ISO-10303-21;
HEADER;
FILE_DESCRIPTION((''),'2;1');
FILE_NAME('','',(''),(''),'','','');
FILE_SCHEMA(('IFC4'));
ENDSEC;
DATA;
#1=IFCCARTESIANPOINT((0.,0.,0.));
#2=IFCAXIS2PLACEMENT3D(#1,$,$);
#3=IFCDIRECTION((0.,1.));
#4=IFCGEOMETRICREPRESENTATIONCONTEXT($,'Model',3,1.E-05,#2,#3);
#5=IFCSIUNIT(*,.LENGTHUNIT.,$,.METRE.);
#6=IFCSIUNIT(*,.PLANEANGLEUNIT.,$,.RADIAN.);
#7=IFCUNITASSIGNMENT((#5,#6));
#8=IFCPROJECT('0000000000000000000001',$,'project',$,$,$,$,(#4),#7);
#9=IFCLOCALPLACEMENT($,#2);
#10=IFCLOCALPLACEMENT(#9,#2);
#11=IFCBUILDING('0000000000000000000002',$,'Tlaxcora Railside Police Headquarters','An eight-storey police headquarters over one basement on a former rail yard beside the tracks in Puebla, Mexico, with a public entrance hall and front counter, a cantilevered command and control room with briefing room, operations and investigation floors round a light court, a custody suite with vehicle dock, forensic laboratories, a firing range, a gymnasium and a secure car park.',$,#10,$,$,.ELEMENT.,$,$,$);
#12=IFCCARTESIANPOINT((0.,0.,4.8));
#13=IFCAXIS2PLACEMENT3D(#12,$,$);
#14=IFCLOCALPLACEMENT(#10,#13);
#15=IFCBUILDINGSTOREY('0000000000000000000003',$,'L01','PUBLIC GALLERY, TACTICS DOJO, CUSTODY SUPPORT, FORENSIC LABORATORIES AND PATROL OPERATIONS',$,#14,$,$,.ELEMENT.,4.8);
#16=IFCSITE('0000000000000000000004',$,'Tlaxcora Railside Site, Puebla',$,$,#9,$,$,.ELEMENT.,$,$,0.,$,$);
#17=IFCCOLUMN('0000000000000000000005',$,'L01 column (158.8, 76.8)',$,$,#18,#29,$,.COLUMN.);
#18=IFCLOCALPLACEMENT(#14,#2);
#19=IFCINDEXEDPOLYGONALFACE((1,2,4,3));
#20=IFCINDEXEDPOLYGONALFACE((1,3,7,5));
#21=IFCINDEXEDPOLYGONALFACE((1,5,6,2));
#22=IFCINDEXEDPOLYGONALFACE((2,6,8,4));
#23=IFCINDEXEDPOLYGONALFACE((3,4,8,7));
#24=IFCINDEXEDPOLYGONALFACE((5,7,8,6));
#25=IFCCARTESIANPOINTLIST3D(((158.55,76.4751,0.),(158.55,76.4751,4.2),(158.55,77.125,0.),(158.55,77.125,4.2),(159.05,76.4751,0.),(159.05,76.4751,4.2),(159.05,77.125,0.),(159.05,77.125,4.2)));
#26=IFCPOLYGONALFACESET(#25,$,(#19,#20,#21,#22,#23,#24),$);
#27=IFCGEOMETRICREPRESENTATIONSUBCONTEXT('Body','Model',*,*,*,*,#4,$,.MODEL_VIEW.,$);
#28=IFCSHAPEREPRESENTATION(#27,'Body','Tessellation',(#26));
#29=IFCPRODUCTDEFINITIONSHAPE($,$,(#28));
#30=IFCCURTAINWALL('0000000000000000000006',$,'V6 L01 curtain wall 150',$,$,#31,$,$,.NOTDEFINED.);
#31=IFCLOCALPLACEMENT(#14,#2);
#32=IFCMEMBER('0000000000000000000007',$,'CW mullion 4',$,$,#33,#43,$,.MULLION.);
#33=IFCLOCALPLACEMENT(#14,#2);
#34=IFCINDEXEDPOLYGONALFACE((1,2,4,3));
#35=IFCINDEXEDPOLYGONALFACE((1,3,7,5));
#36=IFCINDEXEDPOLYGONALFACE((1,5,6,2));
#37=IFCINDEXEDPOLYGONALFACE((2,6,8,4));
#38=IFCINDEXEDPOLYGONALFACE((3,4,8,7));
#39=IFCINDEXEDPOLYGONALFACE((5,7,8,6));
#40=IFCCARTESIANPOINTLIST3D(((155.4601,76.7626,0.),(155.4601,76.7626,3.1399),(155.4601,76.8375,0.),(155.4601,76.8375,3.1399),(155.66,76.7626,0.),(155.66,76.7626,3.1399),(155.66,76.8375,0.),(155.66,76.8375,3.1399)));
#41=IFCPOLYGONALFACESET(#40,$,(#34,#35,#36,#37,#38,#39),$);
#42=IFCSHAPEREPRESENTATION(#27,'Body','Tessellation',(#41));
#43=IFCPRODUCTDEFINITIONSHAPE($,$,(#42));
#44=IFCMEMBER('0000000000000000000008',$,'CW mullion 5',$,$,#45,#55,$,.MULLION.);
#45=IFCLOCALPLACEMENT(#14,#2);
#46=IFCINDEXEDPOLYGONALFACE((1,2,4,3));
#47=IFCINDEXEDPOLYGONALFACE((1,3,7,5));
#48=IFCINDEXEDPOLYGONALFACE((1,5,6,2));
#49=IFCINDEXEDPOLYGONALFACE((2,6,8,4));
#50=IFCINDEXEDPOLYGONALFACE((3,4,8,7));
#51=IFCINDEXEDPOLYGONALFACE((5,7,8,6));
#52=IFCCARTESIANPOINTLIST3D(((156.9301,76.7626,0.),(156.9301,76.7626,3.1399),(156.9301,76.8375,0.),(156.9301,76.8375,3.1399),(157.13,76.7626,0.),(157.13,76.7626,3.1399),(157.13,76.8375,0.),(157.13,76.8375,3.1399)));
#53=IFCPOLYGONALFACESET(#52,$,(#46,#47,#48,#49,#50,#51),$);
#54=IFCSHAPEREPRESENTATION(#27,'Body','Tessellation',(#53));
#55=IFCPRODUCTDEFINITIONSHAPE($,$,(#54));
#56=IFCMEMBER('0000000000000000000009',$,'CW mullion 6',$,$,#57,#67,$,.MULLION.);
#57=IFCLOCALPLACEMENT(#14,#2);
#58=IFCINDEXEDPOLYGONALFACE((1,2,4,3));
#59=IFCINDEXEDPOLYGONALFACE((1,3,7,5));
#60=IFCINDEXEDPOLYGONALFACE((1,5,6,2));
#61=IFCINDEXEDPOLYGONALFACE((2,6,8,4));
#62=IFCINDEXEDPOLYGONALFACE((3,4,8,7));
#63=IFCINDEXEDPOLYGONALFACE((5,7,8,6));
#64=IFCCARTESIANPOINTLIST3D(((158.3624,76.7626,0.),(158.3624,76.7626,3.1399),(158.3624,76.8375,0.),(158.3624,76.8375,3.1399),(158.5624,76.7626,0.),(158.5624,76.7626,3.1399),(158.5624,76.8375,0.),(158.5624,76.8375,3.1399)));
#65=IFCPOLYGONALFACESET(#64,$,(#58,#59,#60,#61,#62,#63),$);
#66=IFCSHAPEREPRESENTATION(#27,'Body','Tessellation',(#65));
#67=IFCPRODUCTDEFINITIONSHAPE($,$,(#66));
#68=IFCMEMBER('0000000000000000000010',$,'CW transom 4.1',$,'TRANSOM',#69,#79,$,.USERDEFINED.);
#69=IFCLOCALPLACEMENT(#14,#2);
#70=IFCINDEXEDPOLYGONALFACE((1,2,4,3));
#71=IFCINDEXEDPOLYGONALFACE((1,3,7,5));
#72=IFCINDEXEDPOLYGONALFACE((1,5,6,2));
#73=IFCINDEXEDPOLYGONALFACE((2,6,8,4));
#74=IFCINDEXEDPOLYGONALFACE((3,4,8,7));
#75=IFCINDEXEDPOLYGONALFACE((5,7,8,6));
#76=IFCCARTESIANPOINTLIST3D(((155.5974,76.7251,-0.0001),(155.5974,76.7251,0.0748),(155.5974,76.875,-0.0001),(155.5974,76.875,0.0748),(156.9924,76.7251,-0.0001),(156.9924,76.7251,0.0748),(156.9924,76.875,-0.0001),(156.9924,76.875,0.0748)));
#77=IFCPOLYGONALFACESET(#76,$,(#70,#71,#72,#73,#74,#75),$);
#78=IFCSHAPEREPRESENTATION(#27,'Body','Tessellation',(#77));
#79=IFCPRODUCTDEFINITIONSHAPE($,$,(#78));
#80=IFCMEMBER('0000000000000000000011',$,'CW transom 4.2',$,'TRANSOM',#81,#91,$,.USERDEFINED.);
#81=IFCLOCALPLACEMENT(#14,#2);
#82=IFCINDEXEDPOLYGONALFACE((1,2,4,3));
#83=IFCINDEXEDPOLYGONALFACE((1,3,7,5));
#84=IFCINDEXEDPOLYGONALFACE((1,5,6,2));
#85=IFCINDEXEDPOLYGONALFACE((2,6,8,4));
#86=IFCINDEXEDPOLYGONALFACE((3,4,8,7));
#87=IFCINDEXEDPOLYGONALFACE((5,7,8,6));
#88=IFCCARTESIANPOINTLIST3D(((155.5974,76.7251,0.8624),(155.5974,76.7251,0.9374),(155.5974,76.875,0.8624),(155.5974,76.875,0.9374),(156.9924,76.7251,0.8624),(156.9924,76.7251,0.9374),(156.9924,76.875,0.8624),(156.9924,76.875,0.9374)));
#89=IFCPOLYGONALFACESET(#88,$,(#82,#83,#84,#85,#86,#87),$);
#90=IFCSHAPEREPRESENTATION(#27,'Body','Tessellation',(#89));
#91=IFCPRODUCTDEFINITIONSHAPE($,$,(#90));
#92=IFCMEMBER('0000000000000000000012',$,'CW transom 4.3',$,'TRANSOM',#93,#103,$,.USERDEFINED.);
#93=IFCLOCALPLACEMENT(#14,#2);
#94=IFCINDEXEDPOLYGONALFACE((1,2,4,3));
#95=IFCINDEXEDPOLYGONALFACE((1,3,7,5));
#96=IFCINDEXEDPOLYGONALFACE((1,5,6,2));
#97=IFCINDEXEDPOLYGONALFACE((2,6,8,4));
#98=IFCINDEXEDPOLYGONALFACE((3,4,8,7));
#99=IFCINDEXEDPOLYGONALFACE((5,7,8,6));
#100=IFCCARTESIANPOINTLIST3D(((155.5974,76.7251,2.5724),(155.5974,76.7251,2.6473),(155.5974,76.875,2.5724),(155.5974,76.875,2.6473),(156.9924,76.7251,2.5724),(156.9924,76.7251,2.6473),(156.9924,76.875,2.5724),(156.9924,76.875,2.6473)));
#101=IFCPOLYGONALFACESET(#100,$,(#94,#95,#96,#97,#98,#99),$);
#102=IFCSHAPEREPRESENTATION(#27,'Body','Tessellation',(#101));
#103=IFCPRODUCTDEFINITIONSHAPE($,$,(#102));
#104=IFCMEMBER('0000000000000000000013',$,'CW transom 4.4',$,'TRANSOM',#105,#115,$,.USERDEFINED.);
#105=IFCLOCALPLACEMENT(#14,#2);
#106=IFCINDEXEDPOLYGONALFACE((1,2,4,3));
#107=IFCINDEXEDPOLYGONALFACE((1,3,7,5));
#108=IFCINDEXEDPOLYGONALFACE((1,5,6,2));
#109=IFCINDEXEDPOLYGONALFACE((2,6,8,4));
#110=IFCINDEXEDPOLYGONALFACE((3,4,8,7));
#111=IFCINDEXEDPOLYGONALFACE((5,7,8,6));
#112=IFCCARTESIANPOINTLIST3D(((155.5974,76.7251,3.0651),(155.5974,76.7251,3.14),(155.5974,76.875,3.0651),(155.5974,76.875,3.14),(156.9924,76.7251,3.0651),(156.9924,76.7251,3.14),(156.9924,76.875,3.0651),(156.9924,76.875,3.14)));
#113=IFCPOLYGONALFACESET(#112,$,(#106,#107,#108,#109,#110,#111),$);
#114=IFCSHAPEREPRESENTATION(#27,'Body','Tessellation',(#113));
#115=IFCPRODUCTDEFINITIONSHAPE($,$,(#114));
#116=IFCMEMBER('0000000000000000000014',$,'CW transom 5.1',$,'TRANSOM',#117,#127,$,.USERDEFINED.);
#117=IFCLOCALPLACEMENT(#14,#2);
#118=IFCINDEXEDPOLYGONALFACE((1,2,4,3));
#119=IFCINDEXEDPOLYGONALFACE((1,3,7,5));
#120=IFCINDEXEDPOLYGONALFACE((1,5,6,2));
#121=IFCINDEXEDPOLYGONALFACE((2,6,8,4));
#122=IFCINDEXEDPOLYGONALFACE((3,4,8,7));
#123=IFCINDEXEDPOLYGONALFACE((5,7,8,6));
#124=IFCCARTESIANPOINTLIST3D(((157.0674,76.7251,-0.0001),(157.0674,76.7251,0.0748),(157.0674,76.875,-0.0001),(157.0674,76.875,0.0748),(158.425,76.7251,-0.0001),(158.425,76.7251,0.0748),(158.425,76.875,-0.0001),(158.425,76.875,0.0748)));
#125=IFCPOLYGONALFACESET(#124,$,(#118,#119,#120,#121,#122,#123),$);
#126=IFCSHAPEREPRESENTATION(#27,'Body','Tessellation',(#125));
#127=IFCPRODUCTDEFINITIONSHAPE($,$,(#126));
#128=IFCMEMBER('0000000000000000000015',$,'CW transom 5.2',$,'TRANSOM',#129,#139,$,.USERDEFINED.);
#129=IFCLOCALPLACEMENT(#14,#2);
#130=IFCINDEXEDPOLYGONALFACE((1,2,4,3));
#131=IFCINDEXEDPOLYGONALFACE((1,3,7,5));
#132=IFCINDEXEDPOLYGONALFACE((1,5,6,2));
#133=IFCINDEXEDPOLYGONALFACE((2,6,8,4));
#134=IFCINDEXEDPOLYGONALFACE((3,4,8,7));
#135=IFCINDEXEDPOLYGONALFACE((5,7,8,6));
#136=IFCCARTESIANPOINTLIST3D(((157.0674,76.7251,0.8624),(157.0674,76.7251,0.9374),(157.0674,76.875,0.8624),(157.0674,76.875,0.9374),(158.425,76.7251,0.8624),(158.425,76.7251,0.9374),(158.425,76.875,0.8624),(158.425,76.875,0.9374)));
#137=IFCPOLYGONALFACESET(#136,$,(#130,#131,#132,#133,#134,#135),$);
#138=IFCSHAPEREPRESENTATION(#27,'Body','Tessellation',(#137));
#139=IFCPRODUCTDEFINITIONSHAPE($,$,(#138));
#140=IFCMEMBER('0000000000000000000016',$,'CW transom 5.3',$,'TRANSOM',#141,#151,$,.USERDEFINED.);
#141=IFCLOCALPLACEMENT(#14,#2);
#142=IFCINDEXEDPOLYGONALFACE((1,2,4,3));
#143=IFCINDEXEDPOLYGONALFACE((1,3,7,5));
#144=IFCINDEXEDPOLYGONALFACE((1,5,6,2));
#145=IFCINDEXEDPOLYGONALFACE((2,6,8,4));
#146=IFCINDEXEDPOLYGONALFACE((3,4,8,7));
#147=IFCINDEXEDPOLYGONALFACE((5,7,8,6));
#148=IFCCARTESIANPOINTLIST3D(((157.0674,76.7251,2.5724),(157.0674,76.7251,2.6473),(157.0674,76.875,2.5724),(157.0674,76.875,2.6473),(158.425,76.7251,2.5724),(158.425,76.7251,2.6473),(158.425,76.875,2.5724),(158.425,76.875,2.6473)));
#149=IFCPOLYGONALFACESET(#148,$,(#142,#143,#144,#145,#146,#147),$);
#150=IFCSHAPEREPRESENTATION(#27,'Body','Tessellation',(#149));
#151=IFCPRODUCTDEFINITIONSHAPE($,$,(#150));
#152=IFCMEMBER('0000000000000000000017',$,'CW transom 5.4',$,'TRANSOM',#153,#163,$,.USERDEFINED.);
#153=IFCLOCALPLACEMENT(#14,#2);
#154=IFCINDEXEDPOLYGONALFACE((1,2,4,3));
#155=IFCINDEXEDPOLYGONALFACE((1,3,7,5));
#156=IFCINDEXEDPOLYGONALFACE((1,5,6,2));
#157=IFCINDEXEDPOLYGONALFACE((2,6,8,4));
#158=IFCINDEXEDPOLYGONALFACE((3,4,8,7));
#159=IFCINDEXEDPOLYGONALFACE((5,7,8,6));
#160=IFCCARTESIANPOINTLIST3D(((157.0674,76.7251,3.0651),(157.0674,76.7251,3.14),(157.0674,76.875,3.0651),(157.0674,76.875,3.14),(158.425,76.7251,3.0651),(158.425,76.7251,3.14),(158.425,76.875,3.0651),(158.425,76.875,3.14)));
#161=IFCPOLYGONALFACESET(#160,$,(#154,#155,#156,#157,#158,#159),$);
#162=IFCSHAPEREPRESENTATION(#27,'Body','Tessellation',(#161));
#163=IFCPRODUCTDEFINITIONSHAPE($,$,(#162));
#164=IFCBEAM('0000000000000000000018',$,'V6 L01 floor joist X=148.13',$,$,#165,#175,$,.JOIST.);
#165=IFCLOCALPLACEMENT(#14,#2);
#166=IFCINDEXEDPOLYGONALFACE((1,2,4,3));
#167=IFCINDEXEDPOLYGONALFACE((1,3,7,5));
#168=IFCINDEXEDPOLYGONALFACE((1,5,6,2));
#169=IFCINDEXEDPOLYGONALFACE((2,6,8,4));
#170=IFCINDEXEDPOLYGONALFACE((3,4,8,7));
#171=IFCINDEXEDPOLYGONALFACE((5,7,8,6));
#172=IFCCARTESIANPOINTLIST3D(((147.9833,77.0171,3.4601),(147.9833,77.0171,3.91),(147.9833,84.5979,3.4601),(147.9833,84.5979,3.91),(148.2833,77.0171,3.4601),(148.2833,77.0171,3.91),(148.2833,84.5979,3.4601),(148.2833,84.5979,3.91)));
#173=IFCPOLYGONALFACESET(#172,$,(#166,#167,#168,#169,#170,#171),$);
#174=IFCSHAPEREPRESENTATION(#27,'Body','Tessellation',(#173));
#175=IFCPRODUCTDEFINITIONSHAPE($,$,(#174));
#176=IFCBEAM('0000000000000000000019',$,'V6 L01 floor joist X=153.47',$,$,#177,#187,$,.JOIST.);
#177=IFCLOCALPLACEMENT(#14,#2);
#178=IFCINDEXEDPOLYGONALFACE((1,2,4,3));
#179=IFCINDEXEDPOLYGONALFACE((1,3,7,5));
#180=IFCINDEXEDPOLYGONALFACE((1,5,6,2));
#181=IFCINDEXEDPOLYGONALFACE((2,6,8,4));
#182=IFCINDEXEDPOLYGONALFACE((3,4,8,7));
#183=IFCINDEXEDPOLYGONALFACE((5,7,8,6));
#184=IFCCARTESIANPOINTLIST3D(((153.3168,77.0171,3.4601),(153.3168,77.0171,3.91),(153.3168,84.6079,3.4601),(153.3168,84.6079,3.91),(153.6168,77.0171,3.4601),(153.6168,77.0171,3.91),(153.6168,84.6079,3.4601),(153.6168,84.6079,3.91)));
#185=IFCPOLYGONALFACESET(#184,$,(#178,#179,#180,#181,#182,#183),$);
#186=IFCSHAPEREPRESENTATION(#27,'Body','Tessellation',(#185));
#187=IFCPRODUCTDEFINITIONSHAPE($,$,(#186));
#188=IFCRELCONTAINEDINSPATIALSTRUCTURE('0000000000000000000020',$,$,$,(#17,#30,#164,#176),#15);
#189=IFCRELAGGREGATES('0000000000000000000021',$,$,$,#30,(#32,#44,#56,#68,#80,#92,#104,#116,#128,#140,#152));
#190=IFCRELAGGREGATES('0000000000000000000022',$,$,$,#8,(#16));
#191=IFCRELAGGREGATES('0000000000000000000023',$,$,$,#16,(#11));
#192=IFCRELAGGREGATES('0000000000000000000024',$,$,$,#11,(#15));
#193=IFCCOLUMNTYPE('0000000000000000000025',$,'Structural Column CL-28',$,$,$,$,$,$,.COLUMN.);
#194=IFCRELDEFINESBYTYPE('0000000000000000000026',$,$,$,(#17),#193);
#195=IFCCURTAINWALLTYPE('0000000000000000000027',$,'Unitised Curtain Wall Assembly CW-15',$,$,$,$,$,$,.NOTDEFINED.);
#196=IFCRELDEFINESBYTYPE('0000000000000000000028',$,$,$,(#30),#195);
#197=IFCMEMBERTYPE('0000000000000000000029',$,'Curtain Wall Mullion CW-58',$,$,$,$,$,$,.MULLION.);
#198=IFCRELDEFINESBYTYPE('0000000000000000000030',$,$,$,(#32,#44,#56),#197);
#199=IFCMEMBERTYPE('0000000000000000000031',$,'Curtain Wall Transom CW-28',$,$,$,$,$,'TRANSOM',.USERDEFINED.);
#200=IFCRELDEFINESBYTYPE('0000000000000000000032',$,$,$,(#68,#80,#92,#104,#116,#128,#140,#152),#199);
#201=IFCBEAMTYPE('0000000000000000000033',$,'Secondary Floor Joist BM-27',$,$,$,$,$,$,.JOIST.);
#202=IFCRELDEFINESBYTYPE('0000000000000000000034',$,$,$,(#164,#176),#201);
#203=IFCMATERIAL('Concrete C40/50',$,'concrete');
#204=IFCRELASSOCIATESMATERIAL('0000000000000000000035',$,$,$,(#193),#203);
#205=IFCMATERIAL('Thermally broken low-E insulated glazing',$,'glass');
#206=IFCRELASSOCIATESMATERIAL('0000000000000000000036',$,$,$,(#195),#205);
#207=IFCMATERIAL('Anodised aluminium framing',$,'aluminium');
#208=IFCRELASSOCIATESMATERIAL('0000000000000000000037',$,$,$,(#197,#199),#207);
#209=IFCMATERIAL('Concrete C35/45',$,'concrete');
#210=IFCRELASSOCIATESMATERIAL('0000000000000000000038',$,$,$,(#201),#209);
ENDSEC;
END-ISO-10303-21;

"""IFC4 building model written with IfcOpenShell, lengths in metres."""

from ifc_helpers import new_model, si_unit, direction, frame, origin, origin_2d, place, context, subcontext, project, spatial, rectangle, extrude, material, material_profile, profile_set, type_object, element, aggregate, save


model = new_model("IFC4")

# Units and contexts
model_context = context("Model", 3, precision=1e-05, world=origin(), true_north=direction((0.0, 1.0)))
body_context = subcontext(model_context, "Body", "Model", "MODEL_VIEW")
ifc_project = project(units=[si_unit("LENGTHUNIT", "METRE"), si_unit("PLANEANGLEUNIT", "RADIAN")], contexts=[model_context])

# Site, building, storey
site_placement = place(None, origin())
site = spatial("IfcSite", under=ifc_project, at=site_placement, Name="Tlaxcora Railside Site, Puebla", CompositionType="ELEMENT", RefElevation=0.0)
building_placement = place(site_placement, origin())
building = spatial("IfcBuilding", under=site, at=building_placement, Name="Tlaxcora Railside Police Headquarters", Description="An eight-storey police headquarters over one basement on a former rail yard beside the tracks in Puebla, Mexico, with a public entrance hall and front counter, a cantilevered command and control room with briefing room, operations and investigation floors round a light court, a custody suite with vehicle dock, forensic laboratories, a firing range, a gymnasium and a secure car park.", CompositionType="ELEMENT")
storey_placement = place(building_placement, frame((0.0, 0.0, 4.8)))
storey = spatial("IfcBuildingStorey", under=building, at=storey_placement, Name="L01", Description="PUBLIC GALLERY, TACTICS DOJO, CUSTODY SUPPORT, FORENSIC LABORATORIES AND PATROL OPERATIONS", CompositionType="ELEMENT", Elevation=4.8)

# Column
ifc_material_1 = material(Name="Concrete C40/50", Category="concrete")
ifc_material_profile_1 = material_profile(ifc_material_1, rectangle(XDim=0.5, YDim=0.6499, at=origin_2d()), Name="RC500X650")
ifc_profile_set_1 = profile_set([ifc_material_profile_1], Name="Concrete C40/50")
column_type = type_object("IfcColumnType", Name="Structural Column CL-28", PredefinedType="COLUMN", material=ifc_profile_set_1)
column_placement = place(storey_placement, frame((158.8, 76.8, 0.0), z_axis=(0.0, 0.0, 1.0), x_axis=(1.0, 0.0, 0.0)))
element("IfcColumn", 1, at=column_placement, inside=storey, type_object=column_type, Name="L01 column (158.8, 76.8)", PredefinedType="COLUMN", context=body_context, shape_type="SweptSolid", body=[
    extrude(rectangle(XDim=0.5, YDim=0.6499, at=origin_2d()), origin(), (0.0, 0.0, 1.0), 4.2),
])

# Curtain wall, members
ifc_material_2 = material(Name="Thermally broken low-E insulated glazing", Category="glass")
curtain_wall_type = type_object("IfcCurtainWallType", Name="Unitised Curtain Wall Assembly CW-15", PredefinedType="NOTDEFINED", material=ifc_material_2)
curtain_wall_placement = place(storey_placement, origin())
curtain_wall = element("IfcCurtainWall", 2, at=curtain_wall_placement, inside=storey, type_object=curtain_wall_type, Name="V6 L01 curtain wall 150", PredefinedType="NOTDEFINED")
ifc_material_3 = material(Name="Anodised aluminium framing", Category="aluminium")
ifc_material_profile_2 = material_profile(ifc_material_3, rectangle(XDim=0.075, YDim=0.2, at=origin_2d()), Name="AL75X200")
ifc_profile_set_2 = profile_set([ifc_material_profile_2], Name="Anodised aluminium framing")
member_type_1 = type_object("IfcMemberType", Name="Curtain Wall Mullion CW-58", PredefinedType="MULLION", material=ifc_profile_set_2)
member_1_placement = place(storey_placement, frame((155.5601, 76.8, 0.0), z_axis=(0.0, 0.0, 1.0), x_axis=(0.0, 1.0, 0.0)))
member_1 = element("IfcMember", 3, at=member_1_placement, type_object=member_type_1, Name="CW mullion 4", PredefinedType="MULLION", context=body_context, shape_type="SweptSolid", body=[
    extrude(rectangle(XDim=0.075, YDim=0.2, at=origin_2d()), origin(), (0.0, 0.0, 1.0), 3.1399),
])
member_2_placement = place(storey_placement, frame((157.03, 76.8, 0.0), z_axis=(0.0, 0.0, 1.0), x_axis=(0.0, 1.0, 0.0)))
member_2 = element("IfcMember", 4, at=member_2_placement, type_object=member_type_1, Name="CW mullion 5", PredefinedType="MULLION", context=body_context, shape_type="SweptSolid", body=[
    extrude(rectangle(XDim=0.075, YDim=0.2, at=origin_2d()), origin(), (0.0, 0.0, 1.0), 3.1399),
])
member_3_placement = place(storey_placement, frame((158.4624, 76.8, 0.0), z_axis=(0.0, 0.0, 1.0), x_axis=(0.0, 1.0, 0.0)))
member_3 = element("IfcMember", 5, at=member_3_placement, type_object=member_type_1, Name="CW mullion 6", PredefinedType="MULLION", context=body_context, shape_type="SweptSolid", body=[
    extrude(rectangle(XDim=0.075, YDim=0.2, at=origin_2d()), origin(), (0.0, 0.0, 1.0), 3.1399),
])
ifc_material_profile_3 = material_profile(ifc_material_3, rectangle(XDim=0.1499, YDim=0.075, at=origin_2d()), Name="AL75X150")
ifc_profile_set_3 = profile_set([ifc_material_profile_3], Name="Anodised aluminium framing")
member_type_2 = type_object("IfcMemberType", Name="Curtain Wall Transom CW-28", ElementType="TRANSOM", PredefinedType="USERDEFINED", material=ifc_profile_set_3)
member_4_placement = place(storey_placement, frame((155.5974, 76.8, 0.0374), z_axis=(1.0, 0.0, 0.0), x_axis=(0.0, 1.0, 0.0)))
member_4 = element("IfcMember", 6, at=member_4_placement, type_object=member_type_2, Name="CW transom 4.1", ObjectType="TRANSOM", PredefinedType="USERDEFINED", context=body_context, shape_type="SweptSolid", body=[
    extrude(rectangle(XDim=0.1499, YDim=0.075, at=origin_2d()), origin(), (0.0, 0.0, 1.0), 1.395),
])
member_5_placement = place(storey_placement, frame((155.5974, 76.8, 0.8999), z_axis=(1.0, 0.0, 0.0), x_axis=(0.0, 1.0, 0.0)))
member_5 = element("IfcMember", 7, at=member_5_placement, type_object=member_type_2, Name="CW transom 4.2", ObjectType="TRANSOM", PredefinedType="USERDEFINED", context=body_context, shape_type="SweptSolid", body=[
    extrude(rectangle(XDim=0.1499, YDim=0.075, at=origin_2d()), origin(), (0.0, 0.0, 1.0), 1.395),
])
member_6_placement = place(storey_placement, frame((155.5974, 76.8, 2.6099), z_axis=(1.0, 0.0, 0.0), x_axis=(0.0, 1.0, 0.0)))
member_6 = element("IfcMember", 8, at=member_6_placement, type_object=member_type_2, Name="CW transom 4.3", ObjectType="TRANSOM", PredefinedType="USERDEFINED", context=body_context, shape_type="SweptSolid", body=[
    extrude(rectangle(XDim=0.1499, YDim=0.075, at=origin_2d()), origin(), (0.0, 0.0, 1.0), 1.395),
])
member_7_placement = place(storey_placement, frame((155.5974, 76.8, 3.1025), z_axis=(1.0, 0.0, 0.0), x_axis=(0.0, 1.0, 0.0)))
member_7 = element("IfcMember", 9, at=member_7_placement, type_object=member_type_2, Name="CW transom 4.4", ObjectType="TRANSOM", PredefinedType="USERDEFINED", context=body_context, shape_type="SweptSolid", body=[
    extrude(rectangle(XDim=0.1499, YDim=0.075, at=origin_2d()), origin(), (0.0, 0.0, 1.0), 1.395),
])
member_8_placement = place(storey_placement, frame((157.0674, 76.8, 0.0374), z_axis=(1.0, 0.0, 0.0), x_axis=(0.0, 1.0, 0.0)))
member_8 = element("IfcMember", 10, at=member_8_placement, type_object=member_type_2, Name="CW transom 5.1", ObjectType="TRANSOM", PredefinedType="USERDEFINED", context=body_context, shape_type="SweptSolid", body=[
    extrude(rectangle(XDim=0.1499, YDim=0.075, at=origin_2d()), origin(), (0.0, 0.0, 1.0), 1.3577),
])
member_9_placement = place(storey_placement, frame((157.0674, 76.8, 0.8999), z_axis=(1.0, 0.0, 0.0), x_axis=(0.0, 1.0, 0.0)))
member_9 = element("IfcMember", 11, at=member_9_placement, type_object=member_type_2, Name="CW transom 5.2", ObjectType="TRANSOM", PredefinedType="USERDEFINED", context=body_context, shape_type="SweptSolid", body=[
    extrude(rectangle(XDim=0.1499, YDim=0.075, at=origin_2d()), origin(), (0.0, 0.0, 1.0), 1.3577),
])
member_10_placement = place(storey_placement, frame((157.0674, 76.8, 2.6099), z_axis=(1.0, 0.0, 0.0), x_axis=(0.0, 1.0, 0.0)))
member_10 = element("IfcMember", 12, at=member_10_placement, type_object=member_type_2, Name="CW transom 5.3", ObjectType="TRANSOM", PredefinedType="USERDEFINED", context=body_context, shape_type="SweptSolid", body=[
    extrude(rectangle(XDim=0.1499, YDim=0.075, at=origin_2d()), origin(), (0.0, 0.0, 1.0), 1.3577),
])
member_11_placement = place(storey_placement, frame((157.0674, 76.8, 3.1025), z_axis=(1.0, 0.0, 0.0), x_axis=(0.0, 1.0, 0.0)))
member_11 = element("IfcMember", 13, at=member_11_placement, type_object=member_type_2, Name="CW transom 5.4", ObjectType="TRANSOM", PredefinedType="USERDEFINED", context=body_context, shape_type="SweptSolid", body=[
    extrude(rectangle(XDim=0.1499, YDim=0.075, at=origin_2d()), origin(), (0.0, 0.0, 1.0), 1.3577),
])

# Beams
ifc_material_4 = material(Name="Concrete C35/45", Category="concrete")
ifc_material_profile_4 = material_profile(ifc_material_4, rectangle(XDim=0.3, YDim=0.45, at=origin_2d()), Name="RC300X450")
ifc_profile_set_4 = profile_set([ifc_material_profile_4], Name="Concrete C35/45")
beam_type_1 = type_object("IfcBeamType", Name="Secondary Floor Joist BM-27", PredefinedType="JOIST", material=ifc_profile_set_4)
beam_1_placement = place(storey_placement, frame((148.1333, 77.0171, 3.6851), z_axis=(0.0, 1.0, 0.0), x_axis=(-1.0, 0.0, 0.0)))
element("IfcBeam", 14, at=beam_1_placement, inside=storey, type_object=beam_type_1, Name="V6 L01 floor joist X=148.13", PredefinedType="JOIST", context=body_context, shape_type="SweptSolid", body=[
    extrude(rectangle(XDim=0.3, YDim=0.45, at=origin_2d()), origin(), (0.0, 0.0, 1.0), 7.5808),
])
beam_2_placement = place(storey_placement, frame((153.4668, 77.0171, 3.6851), z_axis=(0.0, 1.0, 0.0), x_axis=(-1.0, 0.0, 0.0)))
element("IfcBeam", 15, at=beam_2_placement, inside=storey, type_object=beam_type_1, Name="V6 L01 floor joist X=153.47", PredefinedType="JOIST", context=body_context, shape_type="SweptSolid", body=[
    extrude(rectangle(XDim=0.3, YDim=0.45, at=origin_2d()), origin(), (0.0, 0.0, 1.0), 7.5908),
])

aggregate(curtain_wall, [member_1, member_2, member_3, member_4, member_5, member_6, member_7, member_8, member_9, member_10, member_11])

save(model, "model.ifc")
